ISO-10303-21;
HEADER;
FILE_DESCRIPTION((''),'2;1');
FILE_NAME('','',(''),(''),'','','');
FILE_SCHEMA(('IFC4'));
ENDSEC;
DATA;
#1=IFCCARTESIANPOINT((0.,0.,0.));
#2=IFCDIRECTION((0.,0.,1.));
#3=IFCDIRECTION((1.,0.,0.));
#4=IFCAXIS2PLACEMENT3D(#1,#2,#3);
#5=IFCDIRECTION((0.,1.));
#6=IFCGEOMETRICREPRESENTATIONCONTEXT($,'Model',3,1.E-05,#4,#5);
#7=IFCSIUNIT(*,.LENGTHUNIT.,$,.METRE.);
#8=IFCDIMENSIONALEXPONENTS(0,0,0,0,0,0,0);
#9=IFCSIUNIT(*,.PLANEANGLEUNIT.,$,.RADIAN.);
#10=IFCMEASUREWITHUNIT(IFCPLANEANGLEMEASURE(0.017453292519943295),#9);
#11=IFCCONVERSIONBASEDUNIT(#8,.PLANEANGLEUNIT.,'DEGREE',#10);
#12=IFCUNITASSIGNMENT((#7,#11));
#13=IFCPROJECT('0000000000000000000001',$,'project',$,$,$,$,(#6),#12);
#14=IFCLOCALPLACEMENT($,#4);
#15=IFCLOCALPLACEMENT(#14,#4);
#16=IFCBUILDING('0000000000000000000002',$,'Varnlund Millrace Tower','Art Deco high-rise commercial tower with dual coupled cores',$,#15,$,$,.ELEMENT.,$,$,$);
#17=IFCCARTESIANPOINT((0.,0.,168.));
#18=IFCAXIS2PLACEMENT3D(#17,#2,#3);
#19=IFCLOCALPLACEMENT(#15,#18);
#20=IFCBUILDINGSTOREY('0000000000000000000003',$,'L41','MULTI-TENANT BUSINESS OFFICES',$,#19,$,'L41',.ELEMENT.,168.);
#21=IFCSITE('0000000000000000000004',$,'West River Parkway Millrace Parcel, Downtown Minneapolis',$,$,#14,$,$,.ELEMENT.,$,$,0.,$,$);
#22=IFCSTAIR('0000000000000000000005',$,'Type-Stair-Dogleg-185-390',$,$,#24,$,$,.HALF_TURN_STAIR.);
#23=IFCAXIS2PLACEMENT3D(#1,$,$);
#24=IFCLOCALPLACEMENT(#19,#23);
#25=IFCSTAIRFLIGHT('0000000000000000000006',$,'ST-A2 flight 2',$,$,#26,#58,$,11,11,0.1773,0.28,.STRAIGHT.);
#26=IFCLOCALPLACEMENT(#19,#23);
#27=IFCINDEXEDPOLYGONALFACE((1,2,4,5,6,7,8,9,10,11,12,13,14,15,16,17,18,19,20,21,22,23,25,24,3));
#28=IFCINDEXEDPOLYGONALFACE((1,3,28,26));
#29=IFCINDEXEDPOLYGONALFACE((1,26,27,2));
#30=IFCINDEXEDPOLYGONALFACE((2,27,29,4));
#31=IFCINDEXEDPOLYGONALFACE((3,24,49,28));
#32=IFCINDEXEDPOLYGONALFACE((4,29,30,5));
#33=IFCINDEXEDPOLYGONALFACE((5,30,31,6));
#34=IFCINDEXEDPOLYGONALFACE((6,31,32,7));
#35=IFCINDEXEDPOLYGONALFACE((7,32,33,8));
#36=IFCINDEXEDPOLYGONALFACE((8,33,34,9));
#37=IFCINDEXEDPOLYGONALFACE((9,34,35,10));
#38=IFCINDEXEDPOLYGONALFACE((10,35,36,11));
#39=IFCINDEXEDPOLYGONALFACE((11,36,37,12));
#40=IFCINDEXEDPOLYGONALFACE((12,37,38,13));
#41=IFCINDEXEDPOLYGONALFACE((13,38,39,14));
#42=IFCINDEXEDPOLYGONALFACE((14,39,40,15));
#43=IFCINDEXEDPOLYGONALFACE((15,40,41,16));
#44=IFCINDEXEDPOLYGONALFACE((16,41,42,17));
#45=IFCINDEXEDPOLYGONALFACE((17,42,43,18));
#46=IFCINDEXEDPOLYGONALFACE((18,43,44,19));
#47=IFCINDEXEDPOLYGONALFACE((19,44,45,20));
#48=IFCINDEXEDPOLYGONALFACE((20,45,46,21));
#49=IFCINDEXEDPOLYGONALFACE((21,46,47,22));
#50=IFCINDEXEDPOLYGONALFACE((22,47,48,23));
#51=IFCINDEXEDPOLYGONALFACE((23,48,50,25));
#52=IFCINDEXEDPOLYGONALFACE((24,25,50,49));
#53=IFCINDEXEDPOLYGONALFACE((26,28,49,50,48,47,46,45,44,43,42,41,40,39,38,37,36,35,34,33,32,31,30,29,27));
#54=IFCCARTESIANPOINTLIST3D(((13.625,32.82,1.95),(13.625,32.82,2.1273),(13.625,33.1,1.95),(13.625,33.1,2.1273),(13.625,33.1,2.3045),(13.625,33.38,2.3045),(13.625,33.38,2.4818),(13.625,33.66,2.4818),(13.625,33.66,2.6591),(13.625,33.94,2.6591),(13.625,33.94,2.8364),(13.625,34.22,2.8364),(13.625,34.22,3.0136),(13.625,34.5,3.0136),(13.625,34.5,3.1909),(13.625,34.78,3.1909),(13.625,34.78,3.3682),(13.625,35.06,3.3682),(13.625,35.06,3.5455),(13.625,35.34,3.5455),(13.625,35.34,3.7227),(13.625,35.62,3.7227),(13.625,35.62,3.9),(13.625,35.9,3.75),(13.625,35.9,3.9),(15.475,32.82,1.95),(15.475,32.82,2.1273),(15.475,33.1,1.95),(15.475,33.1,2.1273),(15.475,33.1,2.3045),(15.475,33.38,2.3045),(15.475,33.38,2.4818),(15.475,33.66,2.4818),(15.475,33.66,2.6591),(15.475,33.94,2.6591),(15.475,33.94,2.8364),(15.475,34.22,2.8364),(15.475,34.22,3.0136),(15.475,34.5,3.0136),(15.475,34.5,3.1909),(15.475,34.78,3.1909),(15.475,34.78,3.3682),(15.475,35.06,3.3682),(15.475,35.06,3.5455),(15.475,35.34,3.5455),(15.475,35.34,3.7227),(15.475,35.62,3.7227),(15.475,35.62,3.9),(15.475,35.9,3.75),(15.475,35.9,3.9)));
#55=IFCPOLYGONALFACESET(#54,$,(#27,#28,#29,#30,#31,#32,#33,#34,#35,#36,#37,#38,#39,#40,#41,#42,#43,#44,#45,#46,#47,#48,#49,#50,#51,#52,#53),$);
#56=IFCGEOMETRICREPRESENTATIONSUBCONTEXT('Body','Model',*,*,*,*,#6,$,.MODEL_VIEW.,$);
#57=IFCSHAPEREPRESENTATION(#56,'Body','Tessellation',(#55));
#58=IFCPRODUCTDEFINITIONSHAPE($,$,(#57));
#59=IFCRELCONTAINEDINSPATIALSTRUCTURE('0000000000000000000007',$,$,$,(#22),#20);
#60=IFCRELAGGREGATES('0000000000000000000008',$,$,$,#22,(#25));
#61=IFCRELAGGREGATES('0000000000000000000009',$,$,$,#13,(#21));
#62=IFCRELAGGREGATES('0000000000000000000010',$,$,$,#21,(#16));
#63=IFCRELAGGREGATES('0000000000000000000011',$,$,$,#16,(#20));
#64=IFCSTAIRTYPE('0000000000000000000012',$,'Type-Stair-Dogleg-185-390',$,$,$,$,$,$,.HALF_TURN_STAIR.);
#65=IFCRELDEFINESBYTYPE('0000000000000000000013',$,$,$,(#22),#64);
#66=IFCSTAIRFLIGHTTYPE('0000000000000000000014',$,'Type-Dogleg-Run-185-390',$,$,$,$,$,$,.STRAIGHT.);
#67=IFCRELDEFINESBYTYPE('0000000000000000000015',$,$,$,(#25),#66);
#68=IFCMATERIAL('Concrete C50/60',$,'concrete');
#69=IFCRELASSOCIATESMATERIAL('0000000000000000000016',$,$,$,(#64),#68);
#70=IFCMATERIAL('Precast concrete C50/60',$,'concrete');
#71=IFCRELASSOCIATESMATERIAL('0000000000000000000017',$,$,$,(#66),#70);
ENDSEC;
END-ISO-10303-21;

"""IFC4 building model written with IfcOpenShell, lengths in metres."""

from ifc_helpers import new_model, entity, si_unit, converted_unit, direction, frame, origin_with_axes, place, context, subcontext, project, spatial, polyline, outline, extrude, material, type_object, element, aggregate, save


model = new_model("IFC4")

# Units and contexts
model_context = context("Model", 3, precision=1e-05, world=origin_with_axes(), true_north=direction((0.0, 1.0)))
body_context = subcontext(model_context, "Body", "Model", "MODEL_VIEW")
ifc_project = project(units=[si_unit("LENGTHUNIT", "METRE"), converted_unit("PLANEANGLEUNIT", "DEGREE", entity("IfcPlaneAngleMeasure", 0.017453292519943295), si_unit("PLANEANGLEUNIT", "RADIAN"), dimensions=[0, 0, 0, 0, 0, 0, 0])], contexts=[model_context])

# Site, building, storey
site_placement = place(None, origin_with_axes())
site = spatial("IfcSite", under=ifc_project, at=site_placement, Name="West River Parkway Millrace Parcel, Downtown Minneapolis", CompositionType="ELEMENT", RefElevation=0.0)
building_placement = place(site_placement, origin_with_axes())
building = spatial("IfcBuilding", under=site, at=building_placement, Name="Varnlund Millrace Tower", Description="Art Deco high-rise commercial tower with dual coupled cores", CompositionType="ELEMENT")
storey_placement = place(building_placement, frame((0.0, 0.0, 168.0), z_axis=(0.0, 0.0, 1.0), x_axis=(1.0, 0.0, 0.0)))
storey = spatial("IfcBuildingStorey", under=building, at=storey_placement, Name="L41", Description="MULTI-TENANT BUSINESS OFFICES", LongName="L41", CompositionType="ELEMENT", Elevation=168.0)

# Shared definitions
ifc_material_1 = material(Name="Precast concrete C50/60", Category="concrete")

# Stair, stair flight
ifc_material_2 = material(Name="Concrete C50/60", Category="concrete")
stair_type = type_object("IfcStairType", Name="Type-Stair-Dogleg-185-390", PredefinedType="HALF_TURN_STAIR", material=ifc_material_2)
stair_placement = place(storey_placement, origin_with_axes())
stair = element("IfcStair", 1, at=stair_placement, inside=storey, type_object=stair_type, Name="Type-Stair-Dogleg-185-390", PredefinedType="HALF_TURN_STAIR")
stair_flight_type = type_object("IfcStairFlightType", Name="Type-Dogleg-Run-185-390", PredefinedType="STRAIGHT", material=ifc_material_1)
stair_flight_placement = place(storey_placement, frame((13.625, 32.82, 1.95), z_axis=(1.0, 0.0, 0.0), x_axis=(0.0, 1.0, 0.0)))
stair_flight = element("IfcStairFlight", 2, at=stair_flight_placement, type_object=stair_flight_type, Name="ST-A2 flight 2", NumberOfRisers=11, NumberOfTreads=11, PredefinedType="STRAIGHT", RiserHeight=0.1773, TreadLength=0.28, context=body_context, shape_type="SweptSolid", body=[
    extrude(outline(polyline([(0.0, 0.0), (0.0, 0.1773), (0.28, 0.1773), (0.28, 0.3545), (0.56, 0.3545), (0.56, 0.5318), (0.84, 0.5318), (0.84, 0.7091), (1.12, 0.7091), (1.12, 0.8864), (1.4, 0.8864), (1.4, 1.0636), (1.68, 1.0636), (1.68, 1.2409), (1.96, 1.2409), (1.96, 1.4182), (2.24, 1.4182), (2.24, 1.5955), (2.52, 1.5955), (2.52, 1.7727), (2.8, 1.7727), (2.8, 1.95), (3.08, 1.95), (3.08, 1.8), (0.28, 0.0), (0.0, 0.0)])), origin_with_axes(), (0.0, 0.0, 1.0), 1.85),
])
aggregate(stair, [stair_flight])

save(model, "model.ifc")
